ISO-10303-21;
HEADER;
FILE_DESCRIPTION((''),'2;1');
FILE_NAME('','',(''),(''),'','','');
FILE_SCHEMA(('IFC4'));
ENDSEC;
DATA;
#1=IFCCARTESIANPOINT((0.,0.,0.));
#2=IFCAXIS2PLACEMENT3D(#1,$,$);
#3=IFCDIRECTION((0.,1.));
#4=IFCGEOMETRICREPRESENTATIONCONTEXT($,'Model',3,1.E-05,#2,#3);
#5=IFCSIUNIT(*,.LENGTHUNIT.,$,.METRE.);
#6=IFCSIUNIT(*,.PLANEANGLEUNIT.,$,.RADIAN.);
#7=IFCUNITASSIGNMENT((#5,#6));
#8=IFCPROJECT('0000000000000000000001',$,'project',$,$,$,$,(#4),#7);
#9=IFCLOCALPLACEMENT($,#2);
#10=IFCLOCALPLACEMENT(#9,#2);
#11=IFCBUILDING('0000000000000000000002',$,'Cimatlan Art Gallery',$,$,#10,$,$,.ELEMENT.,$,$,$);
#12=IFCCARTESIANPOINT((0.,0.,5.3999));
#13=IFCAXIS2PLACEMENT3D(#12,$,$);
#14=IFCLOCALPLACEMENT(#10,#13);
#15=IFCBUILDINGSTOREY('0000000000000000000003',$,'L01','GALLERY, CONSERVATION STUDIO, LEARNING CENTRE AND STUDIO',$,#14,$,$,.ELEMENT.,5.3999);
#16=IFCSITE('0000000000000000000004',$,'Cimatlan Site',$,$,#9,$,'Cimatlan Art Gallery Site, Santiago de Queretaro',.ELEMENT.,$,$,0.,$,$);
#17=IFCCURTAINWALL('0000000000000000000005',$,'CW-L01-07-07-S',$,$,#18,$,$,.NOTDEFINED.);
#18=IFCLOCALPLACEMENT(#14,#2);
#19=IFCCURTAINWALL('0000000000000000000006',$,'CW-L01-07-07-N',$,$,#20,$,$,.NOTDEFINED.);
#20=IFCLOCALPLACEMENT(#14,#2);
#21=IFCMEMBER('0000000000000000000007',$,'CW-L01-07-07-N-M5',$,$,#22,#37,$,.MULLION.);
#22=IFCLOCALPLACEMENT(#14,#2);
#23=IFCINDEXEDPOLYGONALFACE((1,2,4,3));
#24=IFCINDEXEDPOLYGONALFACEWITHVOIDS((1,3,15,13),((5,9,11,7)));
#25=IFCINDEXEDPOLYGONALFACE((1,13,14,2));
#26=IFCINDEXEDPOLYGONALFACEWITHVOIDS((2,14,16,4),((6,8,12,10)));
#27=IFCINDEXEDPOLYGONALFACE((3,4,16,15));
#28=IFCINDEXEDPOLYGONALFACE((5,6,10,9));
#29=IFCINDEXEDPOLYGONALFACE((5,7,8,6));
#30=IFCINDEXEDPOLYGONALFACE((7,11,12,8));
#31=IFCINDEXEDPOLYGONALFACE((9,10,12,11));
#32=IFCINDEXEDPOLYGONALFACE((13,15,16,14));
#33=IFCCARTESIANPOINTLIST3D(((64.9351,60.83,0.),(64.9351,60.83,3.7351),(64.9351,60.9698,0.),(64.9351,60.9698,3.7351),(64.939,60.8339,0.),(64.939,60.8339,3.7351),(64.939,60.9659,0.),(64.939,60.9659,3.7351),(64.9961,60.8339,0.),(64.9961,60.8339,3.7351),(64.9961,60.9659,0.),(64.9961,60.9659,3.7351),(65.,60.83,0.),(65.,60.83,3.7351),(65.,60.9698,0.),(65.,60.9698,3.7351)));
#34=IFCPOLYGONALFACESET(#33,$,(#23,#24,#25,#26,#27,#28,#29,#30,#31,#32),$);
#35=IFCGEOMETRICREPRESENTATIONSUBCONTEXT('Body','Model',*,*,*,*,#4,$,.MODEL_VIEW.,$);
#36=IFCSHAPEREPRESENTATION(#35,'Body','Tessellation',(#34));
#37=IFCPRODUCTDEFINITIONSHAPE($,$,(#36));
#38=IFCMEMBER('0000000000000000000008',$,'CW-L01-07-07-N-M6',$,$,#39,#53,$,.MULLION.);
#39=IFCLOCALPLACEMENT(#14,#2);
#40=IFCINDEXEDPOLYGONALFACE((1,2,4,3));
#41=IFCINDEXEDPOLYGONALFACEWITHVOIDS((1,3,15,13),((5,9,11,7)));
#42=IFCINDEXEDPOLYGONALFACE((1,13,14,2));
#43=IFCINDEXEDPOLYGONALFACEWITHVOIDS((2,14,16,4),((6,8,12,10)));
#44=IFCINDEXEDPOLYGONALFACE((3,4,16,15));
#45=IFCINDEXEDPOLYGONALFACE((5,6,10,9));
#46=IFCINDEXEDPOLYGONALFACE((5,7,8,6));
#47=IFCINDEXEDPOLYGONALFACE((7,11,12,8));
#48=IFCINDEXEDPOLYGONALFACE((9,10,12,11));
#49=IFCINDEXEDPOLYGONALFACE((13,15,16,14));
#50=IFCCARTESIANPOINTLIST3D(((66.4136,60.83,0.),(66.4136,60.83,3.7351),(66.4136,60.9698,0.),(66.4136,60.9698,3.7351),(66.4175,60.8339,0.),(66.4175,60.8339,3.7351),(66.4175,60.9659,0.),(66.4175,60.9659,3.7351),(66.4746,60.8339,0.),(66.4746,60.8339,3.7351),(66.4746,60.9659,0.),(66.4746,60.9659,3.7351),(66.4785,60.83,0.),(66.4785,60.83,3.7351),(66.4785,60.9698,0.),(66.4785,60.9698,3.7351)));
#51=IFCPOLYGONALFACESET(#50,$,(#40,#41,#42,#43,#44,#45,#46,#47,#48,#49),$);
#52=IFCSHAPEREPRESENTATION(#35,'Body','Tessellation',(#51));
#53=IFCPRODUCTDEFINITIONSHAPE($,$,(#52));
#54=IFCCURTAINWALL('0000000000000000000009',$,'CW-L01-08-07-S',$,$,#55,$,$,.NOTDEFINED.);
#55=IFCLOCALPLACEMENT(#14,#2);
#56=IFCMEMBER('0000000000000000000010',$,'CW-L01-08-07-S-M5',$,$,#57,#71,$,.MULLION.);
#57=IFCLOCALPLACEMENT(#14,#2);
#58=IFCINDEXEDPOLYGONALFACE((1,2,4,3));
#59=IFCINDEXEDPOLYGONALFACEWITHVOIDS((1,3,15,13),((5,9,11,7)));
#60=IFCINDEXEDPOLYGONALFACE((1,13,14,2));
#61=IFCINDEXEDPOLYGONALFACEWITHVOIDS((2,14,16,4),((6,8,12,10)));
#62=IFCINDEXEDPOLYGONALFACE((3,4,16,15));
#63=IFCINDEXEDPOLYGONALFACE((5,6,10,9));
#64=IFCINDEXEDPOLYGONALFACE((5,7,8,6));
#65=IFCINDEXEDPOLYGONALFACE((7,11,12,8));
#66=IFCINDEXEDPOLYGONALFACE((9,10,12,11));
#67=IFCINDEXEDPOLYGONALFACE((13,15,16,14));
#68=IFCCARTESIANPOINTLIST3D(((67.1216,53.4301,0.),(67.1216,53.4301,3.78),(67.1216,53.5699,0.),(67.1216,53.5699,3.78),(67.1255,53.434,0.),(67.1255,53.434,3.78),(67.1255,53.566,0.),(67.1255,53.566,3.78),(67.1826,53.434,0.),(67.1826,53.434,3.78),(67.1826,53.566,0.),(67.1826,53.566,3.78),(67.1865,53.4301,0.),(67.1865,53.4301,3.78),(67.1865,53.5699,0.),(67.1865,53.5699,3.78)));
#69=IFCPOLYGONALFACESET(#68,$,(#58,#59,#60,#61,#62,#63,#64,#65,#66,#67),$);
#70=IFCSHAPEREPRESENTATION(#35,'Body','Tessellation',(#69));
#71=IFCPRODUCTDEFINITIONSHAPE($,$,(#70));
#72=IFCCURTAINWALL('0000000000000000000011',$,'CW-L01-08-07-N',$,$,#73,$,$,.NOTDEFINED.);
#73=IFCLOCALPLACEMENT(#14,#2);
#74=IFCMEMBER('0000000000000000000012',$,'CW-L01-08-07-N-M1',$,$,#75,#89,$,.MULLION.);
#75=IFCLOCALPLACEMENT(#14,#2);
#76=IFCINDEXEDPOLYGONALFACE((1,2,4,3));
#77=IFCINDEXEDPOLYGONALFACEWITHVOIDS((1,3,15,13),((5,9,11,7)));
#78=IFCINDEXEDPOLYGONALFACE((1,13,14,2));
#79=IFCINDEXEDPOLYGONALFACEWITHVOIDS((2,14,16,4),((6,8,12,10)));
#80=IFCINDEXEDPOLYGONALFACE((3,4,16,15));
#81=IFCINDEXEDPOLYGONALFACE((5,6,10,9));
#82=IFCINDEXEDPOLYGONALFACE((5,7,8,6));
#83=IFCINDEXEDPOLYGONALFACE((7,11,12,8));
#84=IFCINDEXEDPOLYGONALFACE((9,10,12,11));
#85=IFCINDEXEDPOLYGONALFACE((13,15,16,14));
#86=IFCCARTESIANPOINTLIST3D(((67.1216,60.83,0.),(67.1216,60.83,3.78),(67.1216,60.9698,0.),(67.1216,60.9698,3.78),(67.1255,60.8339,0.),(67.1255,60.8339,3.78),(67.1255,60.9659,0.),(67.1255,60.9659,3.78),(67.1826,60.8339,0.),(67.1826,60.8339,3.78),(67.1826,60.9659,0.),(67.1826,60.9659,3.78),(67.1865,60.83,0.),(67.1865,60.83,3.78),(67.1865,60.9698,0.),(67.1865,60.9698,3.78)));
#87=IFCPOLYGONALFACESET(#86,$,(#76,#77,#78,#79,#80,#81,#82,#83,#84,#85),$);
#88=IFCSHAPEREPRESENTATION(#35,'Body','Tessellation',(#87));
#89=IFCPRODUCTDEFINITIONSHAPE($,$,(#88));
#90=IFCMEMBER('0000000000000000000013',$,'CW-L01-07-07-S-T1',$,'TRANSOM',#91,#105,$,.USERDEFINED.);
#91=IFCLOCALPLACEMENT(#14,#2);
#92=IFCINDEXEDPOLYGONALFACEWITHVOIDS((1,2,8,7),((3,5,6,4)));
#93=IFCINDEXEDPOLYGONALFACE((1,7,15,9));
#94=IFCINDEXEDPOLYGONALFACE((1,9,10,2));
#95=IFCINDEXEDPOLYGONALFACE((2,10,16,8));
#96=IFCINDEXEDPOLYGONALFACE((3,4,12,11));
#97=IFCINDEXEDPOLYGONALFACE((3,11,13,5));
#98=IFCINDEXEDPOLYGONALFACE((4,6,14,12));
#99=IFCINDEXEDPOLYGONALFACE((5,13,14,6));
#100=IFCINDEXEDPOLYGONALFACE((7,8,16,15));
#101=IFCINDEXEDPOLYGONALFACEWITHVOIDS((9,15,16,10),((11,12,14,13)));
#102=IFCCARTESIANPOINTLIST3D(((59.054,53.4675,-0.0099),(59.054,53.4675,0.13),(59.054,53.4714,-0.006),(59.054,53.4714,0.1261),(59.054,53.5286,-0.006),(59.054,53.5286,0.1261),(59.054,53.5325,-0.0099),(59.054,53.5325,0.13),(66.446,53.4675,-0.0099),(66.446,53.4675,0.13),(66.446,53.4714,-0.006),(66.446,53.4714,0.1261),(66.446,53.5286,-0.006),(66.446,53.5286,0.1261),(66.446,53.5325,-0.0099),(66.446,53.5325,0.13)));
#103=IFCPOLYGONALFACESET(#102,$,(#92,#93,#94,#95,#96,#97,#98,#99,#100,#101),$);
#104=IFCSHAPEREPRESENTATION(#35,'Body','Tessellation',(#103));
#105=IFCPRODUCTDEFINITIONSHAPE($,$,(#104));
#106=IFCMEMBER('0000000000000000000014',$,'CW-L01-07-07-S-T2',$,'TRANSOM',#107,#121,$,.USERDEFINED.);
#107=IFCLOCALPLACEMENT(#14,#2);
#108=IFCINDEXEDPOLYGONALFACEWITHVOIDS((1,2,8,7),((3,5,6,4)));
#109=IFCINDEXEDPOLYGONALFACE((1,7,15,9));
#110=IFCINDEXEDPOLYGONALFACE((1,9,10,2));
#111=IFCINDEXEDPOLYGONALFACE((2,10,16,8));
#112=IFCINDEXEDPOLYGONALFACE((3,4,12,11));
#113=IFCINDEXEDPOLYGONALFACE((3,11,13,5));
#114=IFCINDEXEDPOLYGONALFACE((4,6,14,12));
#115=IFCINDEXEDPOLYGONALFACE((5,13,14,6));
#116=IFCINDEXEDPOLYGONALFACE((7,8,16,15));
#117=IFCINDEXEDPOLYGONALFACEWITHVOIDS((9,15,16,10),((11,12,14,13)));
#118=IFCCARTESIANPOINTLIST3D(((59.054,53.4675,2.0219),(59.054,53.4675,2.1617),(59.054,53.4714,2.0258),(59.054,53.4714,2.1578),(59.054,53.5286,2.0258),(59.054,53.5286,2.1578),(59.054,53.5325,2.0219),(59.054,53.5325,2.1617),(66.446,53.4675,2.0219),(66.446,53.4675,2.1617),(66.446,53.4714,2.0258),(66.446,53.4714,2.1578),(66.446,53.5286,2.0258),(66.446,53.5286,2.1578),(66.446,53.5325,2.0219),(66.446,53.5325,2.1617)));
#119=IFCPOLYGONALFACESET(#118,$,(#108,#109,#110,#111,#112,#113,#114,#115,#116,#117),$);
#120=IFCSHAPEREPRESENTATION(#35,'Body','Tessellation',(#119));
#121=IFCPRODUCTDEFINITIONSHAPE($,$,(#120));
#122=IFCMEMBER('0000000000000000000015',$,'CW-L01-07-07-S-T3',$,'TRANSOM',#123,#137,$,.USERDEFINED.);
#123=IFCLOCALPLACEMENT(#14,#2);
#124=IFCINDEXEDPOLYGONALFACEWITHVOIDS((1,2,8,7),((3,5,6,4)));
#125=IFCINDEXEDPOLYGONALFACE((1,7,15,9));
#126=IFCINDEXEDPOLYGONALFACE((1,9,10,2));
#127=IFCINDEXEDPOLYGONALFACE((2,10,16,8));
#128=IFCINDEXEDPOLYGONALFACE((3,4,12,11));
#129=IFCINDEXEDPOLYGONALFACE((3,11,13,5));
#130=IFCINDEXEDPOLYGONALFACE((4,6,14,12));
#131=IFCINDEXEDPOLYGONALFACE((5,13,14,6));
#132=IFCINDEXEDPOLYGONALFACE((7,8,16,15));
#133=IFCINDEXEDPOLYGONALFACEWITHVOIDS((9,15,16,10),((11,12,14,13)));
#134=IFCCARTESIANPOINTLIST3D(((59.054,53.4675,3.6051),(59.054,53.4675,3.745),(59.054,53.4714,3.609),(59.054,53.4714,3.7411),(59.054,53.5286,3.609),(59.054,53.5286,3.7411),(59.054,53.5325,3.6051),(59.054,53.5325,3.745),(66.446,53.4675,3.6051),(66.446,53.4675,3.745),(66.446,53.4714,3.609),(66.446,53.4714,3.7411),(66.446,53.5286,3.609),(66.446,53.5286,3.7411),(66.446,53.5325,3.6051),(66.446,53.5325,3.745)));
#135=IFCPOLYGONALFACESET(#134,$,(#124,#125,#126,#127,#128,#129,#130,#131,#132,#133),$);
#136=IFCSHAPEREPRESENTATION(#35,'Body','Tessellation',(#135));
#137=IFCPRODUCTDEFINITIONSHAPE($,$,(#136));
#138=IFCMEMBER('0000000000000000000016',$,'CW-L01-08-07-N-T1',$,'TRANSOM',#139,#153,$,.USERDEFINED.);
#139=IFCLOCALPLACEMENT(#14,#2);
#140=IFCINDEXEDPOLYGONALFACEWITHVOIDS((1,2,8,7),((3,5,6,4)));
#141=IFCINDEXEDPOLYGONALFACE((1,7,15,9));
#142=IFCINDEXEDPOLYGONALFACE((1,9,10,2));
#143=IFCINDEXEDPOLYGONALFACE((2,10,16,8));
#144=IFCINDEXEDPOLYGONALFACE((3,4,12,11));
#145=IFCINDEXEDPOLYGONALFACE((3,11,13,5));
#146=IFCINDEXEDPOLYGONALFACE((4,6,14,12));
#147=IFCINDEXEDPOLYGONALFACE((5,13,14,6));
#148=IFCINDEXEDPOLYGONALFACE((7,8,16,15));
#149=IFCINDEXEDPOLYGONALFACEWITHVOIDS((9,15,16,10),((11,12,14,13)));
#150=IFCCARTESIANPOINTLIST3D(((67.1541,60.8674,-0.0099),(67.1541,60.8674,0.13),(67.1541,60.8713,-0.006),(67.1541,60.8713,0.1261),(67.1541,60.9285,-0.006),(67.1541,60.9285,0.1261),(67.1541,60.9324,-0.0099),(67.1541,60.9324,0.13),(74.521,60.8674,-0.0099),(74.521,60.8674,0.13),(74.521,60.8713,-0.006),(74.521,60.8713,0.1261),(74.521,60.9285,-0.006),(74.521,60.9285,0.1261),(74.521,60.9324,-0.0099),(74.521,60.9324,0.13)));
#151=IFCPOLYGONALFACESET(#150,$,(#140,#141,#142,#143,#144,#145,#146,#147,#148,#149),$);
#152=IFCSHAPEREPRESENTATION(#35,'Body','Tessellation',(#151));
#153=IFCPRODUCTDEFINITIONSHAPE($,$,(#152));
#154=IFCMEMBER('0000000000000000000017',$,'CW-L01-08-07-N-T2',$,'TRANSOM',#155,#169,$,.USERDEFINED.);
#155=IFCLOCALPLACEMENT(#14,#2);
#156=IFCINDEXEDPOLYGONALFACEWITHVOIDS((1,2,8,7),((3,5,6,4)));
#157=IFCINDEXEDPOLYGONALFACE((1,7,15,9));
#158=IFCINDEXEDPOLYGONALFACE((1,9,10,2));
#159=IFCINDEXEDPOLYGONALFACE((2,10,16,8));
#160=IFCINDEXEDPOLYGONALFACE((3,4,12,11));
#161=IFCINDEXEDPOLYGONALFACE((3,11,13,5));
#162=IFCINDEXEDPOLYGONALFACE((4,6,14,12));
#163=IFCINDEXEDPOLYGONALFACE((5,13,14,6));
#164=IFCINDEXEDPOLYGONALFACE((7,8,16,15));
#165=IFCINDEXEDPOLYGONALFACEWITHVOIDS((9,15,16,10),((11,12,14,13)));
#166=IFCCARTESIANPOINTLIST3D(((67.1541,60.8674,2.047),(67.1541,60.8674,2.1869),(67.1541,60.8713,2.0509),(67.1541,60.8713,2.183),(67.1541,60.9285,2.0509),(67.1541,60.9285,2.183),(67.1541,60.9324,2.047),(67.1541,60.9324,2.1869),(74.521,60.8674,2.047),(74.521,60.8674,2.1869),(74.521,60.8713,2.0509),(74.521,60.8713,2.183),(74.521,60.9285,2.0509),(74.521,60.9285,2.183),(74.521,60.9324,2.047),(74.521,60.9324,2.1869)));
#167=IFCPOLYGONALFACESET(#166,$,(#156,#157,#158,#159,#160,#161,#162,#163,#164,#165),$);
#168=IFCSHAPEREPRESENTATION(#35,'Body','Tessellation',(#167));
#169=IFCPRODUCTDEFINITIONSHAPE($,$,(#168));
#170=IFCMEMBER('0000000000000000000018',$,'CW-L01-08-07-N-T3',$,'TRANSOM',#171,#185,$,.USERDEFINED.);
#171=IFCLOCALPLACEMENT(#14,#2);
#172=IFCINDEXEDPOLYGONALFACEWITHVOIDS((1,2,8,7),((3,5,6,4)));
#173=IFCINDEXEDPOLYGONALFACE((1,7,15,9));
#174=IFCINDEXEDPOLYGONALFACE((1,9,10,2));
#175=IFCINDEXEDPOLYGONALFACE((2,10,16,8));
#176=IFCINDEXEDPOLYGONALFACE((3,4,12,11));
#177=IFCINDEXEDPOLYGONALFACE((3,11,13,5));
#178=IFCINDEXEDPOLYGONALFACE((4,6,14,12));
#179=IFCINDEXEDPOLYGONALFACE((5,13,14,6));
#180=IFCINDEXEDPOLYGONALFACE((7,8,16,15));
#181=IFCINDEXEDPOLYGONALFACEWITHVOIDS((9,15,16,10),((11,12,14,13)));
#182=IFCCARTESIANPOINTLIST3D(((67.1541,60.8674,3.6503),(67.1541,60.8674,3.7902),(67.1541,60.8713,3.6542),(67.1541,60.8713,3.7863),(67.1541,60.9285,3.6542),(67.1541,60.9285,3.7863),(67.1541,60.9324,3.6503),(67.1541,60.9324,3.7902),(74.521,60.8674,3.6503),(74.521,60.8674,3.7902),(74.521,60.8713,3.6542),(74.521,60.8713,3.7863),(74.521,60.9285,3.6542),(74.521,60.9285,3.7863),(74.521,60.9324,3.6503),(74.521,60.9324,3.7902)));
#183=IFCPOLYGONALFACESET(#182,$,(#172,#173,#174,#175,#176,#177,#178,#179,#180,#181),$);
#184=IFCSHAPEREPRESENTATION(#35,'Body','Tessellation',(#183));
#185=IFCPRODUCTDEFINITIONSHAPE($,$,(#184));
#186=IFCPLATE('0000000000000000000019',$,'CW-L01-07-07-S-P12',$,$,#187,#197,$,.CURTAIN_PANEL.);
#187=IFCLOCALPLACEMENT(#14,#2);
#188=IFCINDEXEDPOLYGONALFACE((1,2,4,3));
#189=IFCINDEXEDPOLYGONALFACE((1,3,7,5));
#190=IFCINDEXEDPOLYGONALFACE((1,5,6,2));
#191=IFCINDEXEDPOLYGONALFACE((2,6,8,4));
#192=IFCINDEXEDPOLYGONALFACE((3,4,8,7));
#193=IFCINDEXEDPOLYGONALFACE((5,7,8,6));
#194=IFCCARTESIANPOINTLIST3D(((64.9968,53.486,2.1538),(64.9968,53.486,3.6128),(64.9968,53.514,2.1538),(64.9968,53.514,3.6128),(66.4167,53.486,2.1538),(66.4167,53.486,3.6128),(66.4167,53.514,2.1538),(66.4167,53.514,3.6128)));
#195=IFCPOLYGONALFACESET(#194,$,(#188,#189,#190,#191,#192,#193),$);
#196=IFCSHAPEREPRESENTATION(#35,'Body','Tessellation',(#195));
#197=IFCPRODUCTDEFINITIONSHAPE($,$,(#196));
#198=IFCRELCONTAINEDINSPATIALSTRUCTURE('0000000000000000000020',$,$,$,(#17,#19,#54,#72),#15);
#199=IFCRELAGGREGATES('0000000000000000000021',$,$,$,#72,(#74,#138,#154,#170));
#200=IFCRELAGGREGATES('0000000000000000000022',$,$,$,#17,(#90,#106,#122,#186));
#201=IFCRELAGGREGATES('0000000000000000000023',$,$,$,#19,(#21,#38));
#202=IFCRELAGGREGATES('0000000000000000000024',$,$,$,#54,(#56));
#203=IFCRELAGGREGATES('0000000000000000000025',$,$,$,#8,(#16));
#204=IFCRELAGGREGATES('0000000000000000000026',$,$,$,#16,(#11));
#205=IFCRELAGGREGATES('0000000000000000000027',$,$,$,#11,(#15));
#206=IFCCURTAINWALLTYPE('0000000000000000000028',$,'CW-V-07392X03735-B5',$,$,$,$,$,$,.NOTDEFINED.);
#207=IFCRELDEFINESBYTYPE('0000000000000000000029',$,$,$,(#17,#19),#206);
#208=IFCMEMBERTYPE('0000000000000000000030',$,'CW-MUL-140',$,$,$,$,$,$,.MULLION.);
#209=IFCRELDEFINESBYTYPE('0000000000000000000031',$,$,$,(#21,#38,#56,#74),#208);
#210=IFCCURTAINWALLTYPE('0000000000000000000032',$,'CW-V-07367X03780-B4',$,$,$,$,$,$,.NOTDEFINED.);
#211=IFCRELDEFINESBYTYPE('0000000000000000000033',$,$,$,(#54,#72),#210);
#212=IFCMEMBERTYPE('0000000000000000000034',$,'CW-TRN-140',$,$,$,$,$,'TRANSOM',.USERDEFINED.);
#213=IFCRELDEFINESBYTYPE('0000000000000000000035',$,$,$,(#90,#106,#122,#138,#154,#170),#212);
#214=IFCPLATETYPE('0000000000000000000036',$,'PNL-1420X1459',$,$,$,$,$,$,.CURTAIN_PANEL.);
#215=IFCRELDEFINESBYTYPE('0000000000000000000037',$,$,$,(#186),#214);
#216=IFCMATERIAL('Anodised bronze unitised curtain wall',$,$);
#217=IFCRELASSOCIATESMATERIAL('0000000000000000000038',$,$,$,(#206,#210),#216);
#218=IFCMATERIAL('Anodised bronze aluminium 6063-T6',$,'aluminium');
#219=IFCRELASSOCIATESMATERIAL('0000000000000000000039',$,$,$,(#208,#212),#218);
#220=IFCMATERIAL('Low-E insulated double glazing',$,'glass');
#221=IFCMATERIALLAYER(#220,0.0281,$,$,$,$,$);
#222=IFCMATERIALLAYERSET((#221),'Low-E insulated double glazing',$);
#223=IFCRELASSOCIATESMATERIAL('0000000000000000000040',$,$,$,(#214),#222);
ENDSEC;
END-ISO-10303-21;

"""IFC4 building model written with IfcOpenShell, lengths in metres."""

from ifc_helpers import new_model, si_unit, direction, frame, origin, origin_2d, place, context, subcontext, project, spatial, rectangle, hollow_rectangle, extrude, material, layer, layer_set, material_profile, profile_set, type_object, element, aggregate, save


model = new_model("IFC4")

# Units and contexts
model_context = context("Model", 3, precision=1e-05, world=origin(), true_north=direction((0.0, 1.0)))
body_context = subcontext(model_context, "Body", "Model", "MODEL_VIEW")
ifc_project = project(units=[si_unit("LENGTHUNIT", "METRE"), si_unit("PLANEANGLEUNIT", "RADIAN")], contexts=[model_context])

# Site, building, storey
site_placement = place(None, origin())
site = spatial("IfcSite", under=ifc_project, at=site_placement, Name="Cimatlan Site", LongName="Cimatlan Art Gallery Site, Santiago de Queretaro", CompositionType="ELEMENT", RefElevation=0.0)
building_placement = place(site_placement, origin())
building = spatial("IfcBuilding", under=site, at=building_placement, Name="Cimatlan Art Gallery", CompositionType="ELEMENT")
storey_placement = place(building_placement, frame((0.0, 0.0, 5.3999)))
storey = spatial("IfcBuildingStorey", under=building, at=storey_placement, Name="L01", Description="GALLERY, CONSERVATION STUDIO, LEARNING CENTRE AND STUDIO", CompositionType="ELEMENT", Elevation=5.3999)

# Curtain walls, members
ifc_material_1 = material(Name="Anodised bronze unitised curtain wall")
curtain_wall_type_1 = type_object("IfcCurtainWallType", Name="CW-V-07392X03735-B5", PredefinedType="NOTDEFINED", material=ifc_material_1)
curtain_wall_1_placement = place(storey_placement, origin())
curtain_wall_1 = element("IfcCurtainWall", 1, at=curtain_wall_1_placement, inside=storey, type_object=curtain_wall_type_1, Name="CW-L01-07-07-S", PredefinedType="NOTDEFINED")
ifc_material_2 = material(Name="Anodised bronze aluminium 6063-T6", Category="aluminium")
ifc_material_profile_1 = material_profile(ifc_material_2, hollow_rectangle(XDim=0.0649, YDim=0.1399, WallThickness=0.0039, at=origin_2d()), Name="ALU65X140X4")
ifc_profile_set_1 = profile_set([ifc_material_profile_1], Name="Anodised bronze aluminium 6063-T6")
member_type_1 = type_object("IfcMemberType", Name="CW-MUL-140", PredefinedType="MULLION", material=ifc_profile_set_1)
curtain_wall_2_placement = place(storey_placement, origin())
curtain_wall_2 = element("IfcCurtainWall", 2, at=curtain_wall_2_placement, inside=storey, type_object=curtain_wall_type_1, Name="CW-L01-07-07-N", PredefinedType="NOTDEFINED")
member_1_placement = place(storey_placement, frame((64.9675, 60.8999, 0.0), z_axis=(0.0, 0.0, 1.0), x_axis=(1.0, 0.0, 0.0)))
member_1 = element("IfcMember", 3, at=member_1_placement, type_object=member_type_1, Name="CW-L01-07-07-N-M5", PredefinedType="MULLION", context=body_context, shape_type="SweptSolid", body=[
    extrude(hollow_rectangle(XDim=0.0649, YDim=0.1399, WallThickness=0.0039, at=origin_2d()), origin(), (0.0, 0.0, 1.0), 3.7351),
])
member_2_placement = place(storey_placement, frame((66.446, 60.8999, 0.0), z_axis=(0.0, 0.0, 1.0), x_axis=(1.0, 0.0, 0.0)))
member_2 = element("IfcMember", 4, at=member_2_placement, type_object=member_type_1, Name="CW-L01-07-07-N-M6", PredefinedType="MULLION", context=body_context, shape_type="SweptSolid", body=[
    extrude(hollow_rectangle(XDim=0.0649, YDim=0.1399, WallThickness=0.0039, at=origin_2d()), origin(), (0.0, 0.0, 1.0), 3.7351),
])

# Curtain walls, members
curtain_wall_type_2 = type_object("IfcCurtainWallType", Name="CW-V-07367X03780-B4", PredefinedType="NOTDEFINED", material=ifc_material_1)
curtain_wall_3_placement = place(storey_placement, origin())
curtain_wall_3 = element("IfcCurtainWall", 5, at=curtain_wall_3_placement, inside=storey, type_object=curtain_wall_type_2, Name="CW-L01-08-07-S", PredefinedType="NOTDEFINED")
member_3_placement = place(storey_placement, frame((67.1541, 53.5, 0.0), z_axis=(0.0, 0.0, 1.0), x_axis=(1.0, 0.0, 0.0)))
member_3 = element("IfcMember", 6, at=member_3_placement, type_object=member_type_1, Name="CW-L01-08-07-S-M5", PredefinedType="MULLION", context=body_context, shape_type="SweptSolid", body=[
    extrude(hollow_rectangle(XDim=0.0649, YDim=0.1399, WallThickness=0.0039, at=origin_2d()), origin(), (0.0, 0.0, 1.0), 3.78),
])
curtain_wall_4_placement = place(storey_placement, origin())
curtain_wall_4 = element("IfcCurtainWall", 7, at=curtain_wall_4_placement, inside=storey, type_object=curtain_wall_type_2, Name="CW-L01-08-07-N", PredefinedType="NOTDEFINED")
member_4_placement = place(storey_placement, frame((67.1541, 60.8999, 0.0), z_axis=(0.0, 0.0, 1.0), x_axis=(1.0, 0.0, 0.0)))
member_4 = element("IfcMember", 8, at=member_4_placement, type_object=member_type_1, Name="CW-L01-08-07-N-M1", PredefinedType="MULLION", context=body_context, shape_type="SweptSolid", body=[
    extrude(hollow_rectangle(XDim=0.0649, YDim=0.1399, WallThickness=0.0039, at=origin_2d()), origin(), (0.0, 0.0, 1.0), 3.78),
])

# Members
ifc_material_profile_2 = material_profile(ifc_material_2, hollow_rectangle(XDim=0.0649, YDim=0.1399, WallThickness=0.0039, at=origin_2d()), Name="ALU65X140X4")
ifc_profile_set_2 = profile_set([ifc_material_profile_2], Name="Anodised bronze aluminium 6063-T6")
member_type_2 = type_object("IfcMemberType", Name="CW-TRN-140", ElementType="TRANSOM", PredefinedType="USERDEFINED", material=ifc_profile_set_2)
member_5_placement = place(storey_placement, frame((66.446, 53.5, 0.0601), z_axis=(-1.0, 0.0, 0.0), x_axis=(0.0, -1.0, 0.0)))
member_5 = element("IfcMember", 9, at=member_5_placement, type_object=member_type_2, Name="CW-L01-07-07-S-T1", ObjectType="TRANSOM", PredefinedType="USERDEFINED", context=body_context, shape_type="SweptSolid", body=[
    extrude(hollow_rectangle(XDim=0.0649, YDim=0.1399, WallThickness=0.0039, at=origin_2d()), origin(), (0.0, 0.0, 1.0), 7.3921),
])
member_6_placement = place(storey_placement, frame((66.446, 53.5, 2.0918), z_axis=(-1.0, 0.0, 0.0), x_axis=(0.0, -1.0, 0.0)))
member_6 = element("IfcMember", 10, at=member_6_placement, type_object=member_type_2, Name="CW-L01-07-07-S-T2", ObjectType="TRANSOM", PredefinedType="USERDEFINED", context=body_context, shape_type="SweptSolid", body=[
    extrude(hollow_rectangle(XDim=0.0649, YDim=0.1399, WallThickness=0.0039, at=origin_2d()), origin(), (0.0, 0.0, 1.0), 7.3921),
])
member_7_placement = place(storey_placement, frame((66.446, 53.5, 3.675), z_axis=(-1.0, 0.0, 0.0), x_axis=(0.0, -1.0, 0.0)))
member_7 = element("IfcMember", 11, at=member_7_placement, type_object=member_type_2, Name="CW-L01-07-07-S-T3", ObjectType="TRANSOM", PredefinedType="USERDEFINED", context=body_context, shape_type="SweptSolid", body=[
    extrude(hollow_rectangle(XDim=0.0649, YDim=0.1399, WallThickness=0.0039, at=origin_2d()), origin(), (0.0, 0.0, 1.0), 7.3921),
])
member_8_placement = place(storey_placement, frame((67.1541, 60.8999, 0.0601), z_axis=(1.0, 0.0, 0.0), x_axis=(0.0, 1.0, 0.0)))
member_8 = element("IfcMember", 12, at=member_8_placement, type_object=member_type_2, Name="CW-L01-08-07-N-T1", ObjectType="TRANSOM", PredefinedType="USERDEFINED", context=body_context, shape_type="SweptSolid", body=[
    extrude(hollow_rectangle(XDim=0.0649, YDim=0.1399, WallThickness=0.0039, at=origin_2d()), origin(), (0.0, 0.0, 1.0), 7.3669),
])
member_9_placement = place(storey_placement, frame((67.1541, 60.8999, 2.1169), z_axis=(1.0, 0.0, 0.0), x_axis=(0.0, 1.0, 0.0)))
member_9 = element("IfcMember", 13, at=member_9_placement, type_object=member_type_2, Name="CW-L01-08-07-N-T2", ObjectType="TRANSOM", PredefinedType="USERDEFINED", context=body_context, shape_type="SweptSolid", body=[
    extrude(hollow_rectangle(XDim=0.0649, YDim=0.1399, WallThickness=0.0039, at=origin_2d()), origin(), (0.0, 0.0, 1.0), 7.3669),
])
member_10_placement = place(storey_placement, frame((67.1541, 60.8999, 3.7202), z_axis=(1.0, 0.0, 0.0), x_axis=(0.0, 1.0, 0.0)))
member_10 = element("IfcMember", 14, at=member_10_placement, type_object=member_type_2, Name="CW-L01-08-07-N-T3", ObjectType="TRANSOM", PredefinedType="USERDEFINED", context=body_context, shape_type="SweptSolid", body=[
    extrude(hollow_rectangle(XDim=0.0649, YDim=0.1399, WallThickness=0.0039, at=origin_2d()), origin(), (0.0, 0.0, 1.0), 7.3669),
])
aggregate(curtain_wall_4, [member_4, member_8, member_9, member_10])

# Plate
ifc_material_3 = material(Name="Low-E insulated double glazing", Category="glass")
ifc_layer_1 = layer(ifc_material_3, 0.0281)
ifc_layer_set_1 = layer_set([ifc_layer_1], Name="Low-E insulated double glazing")
plate_type_1 = type_object("IfcPlateType", Name="PNL-1420X1459", PredefinedType="CURTAIN_PANEL", material=ifc_layer_set_1)
plate_1_placement = place(storey_placement, frame((65.7068, 53.5, 2.1538), z_axis=(0.0, 0.0, 1.0), x_axis=(-1.0, 0.0, 0.0)))
plate_1 = element("IfcPlate", 15, at=plate_1_placement, type_object=plate_type_1, Name="CW-L01-07-07-S-P12", PredefinedType="CURTAIN_PANEL", context=body_context, shape_type="SweptSolid", body=[
    extrude(rectangle(XDim=1.4199, YDim=0.0281, at=origin_2d()), origin(), (0.0, 0.0, 1.0), 1.459),
])
aggregate(curtain_wall_1, [member_5, member_6, member_7, plate_1])
aggregate(curtain_wall_2, [member_1, member_2])
aggregate(curtain_wall_3, [member_3])

save(model, "model.ifc")
